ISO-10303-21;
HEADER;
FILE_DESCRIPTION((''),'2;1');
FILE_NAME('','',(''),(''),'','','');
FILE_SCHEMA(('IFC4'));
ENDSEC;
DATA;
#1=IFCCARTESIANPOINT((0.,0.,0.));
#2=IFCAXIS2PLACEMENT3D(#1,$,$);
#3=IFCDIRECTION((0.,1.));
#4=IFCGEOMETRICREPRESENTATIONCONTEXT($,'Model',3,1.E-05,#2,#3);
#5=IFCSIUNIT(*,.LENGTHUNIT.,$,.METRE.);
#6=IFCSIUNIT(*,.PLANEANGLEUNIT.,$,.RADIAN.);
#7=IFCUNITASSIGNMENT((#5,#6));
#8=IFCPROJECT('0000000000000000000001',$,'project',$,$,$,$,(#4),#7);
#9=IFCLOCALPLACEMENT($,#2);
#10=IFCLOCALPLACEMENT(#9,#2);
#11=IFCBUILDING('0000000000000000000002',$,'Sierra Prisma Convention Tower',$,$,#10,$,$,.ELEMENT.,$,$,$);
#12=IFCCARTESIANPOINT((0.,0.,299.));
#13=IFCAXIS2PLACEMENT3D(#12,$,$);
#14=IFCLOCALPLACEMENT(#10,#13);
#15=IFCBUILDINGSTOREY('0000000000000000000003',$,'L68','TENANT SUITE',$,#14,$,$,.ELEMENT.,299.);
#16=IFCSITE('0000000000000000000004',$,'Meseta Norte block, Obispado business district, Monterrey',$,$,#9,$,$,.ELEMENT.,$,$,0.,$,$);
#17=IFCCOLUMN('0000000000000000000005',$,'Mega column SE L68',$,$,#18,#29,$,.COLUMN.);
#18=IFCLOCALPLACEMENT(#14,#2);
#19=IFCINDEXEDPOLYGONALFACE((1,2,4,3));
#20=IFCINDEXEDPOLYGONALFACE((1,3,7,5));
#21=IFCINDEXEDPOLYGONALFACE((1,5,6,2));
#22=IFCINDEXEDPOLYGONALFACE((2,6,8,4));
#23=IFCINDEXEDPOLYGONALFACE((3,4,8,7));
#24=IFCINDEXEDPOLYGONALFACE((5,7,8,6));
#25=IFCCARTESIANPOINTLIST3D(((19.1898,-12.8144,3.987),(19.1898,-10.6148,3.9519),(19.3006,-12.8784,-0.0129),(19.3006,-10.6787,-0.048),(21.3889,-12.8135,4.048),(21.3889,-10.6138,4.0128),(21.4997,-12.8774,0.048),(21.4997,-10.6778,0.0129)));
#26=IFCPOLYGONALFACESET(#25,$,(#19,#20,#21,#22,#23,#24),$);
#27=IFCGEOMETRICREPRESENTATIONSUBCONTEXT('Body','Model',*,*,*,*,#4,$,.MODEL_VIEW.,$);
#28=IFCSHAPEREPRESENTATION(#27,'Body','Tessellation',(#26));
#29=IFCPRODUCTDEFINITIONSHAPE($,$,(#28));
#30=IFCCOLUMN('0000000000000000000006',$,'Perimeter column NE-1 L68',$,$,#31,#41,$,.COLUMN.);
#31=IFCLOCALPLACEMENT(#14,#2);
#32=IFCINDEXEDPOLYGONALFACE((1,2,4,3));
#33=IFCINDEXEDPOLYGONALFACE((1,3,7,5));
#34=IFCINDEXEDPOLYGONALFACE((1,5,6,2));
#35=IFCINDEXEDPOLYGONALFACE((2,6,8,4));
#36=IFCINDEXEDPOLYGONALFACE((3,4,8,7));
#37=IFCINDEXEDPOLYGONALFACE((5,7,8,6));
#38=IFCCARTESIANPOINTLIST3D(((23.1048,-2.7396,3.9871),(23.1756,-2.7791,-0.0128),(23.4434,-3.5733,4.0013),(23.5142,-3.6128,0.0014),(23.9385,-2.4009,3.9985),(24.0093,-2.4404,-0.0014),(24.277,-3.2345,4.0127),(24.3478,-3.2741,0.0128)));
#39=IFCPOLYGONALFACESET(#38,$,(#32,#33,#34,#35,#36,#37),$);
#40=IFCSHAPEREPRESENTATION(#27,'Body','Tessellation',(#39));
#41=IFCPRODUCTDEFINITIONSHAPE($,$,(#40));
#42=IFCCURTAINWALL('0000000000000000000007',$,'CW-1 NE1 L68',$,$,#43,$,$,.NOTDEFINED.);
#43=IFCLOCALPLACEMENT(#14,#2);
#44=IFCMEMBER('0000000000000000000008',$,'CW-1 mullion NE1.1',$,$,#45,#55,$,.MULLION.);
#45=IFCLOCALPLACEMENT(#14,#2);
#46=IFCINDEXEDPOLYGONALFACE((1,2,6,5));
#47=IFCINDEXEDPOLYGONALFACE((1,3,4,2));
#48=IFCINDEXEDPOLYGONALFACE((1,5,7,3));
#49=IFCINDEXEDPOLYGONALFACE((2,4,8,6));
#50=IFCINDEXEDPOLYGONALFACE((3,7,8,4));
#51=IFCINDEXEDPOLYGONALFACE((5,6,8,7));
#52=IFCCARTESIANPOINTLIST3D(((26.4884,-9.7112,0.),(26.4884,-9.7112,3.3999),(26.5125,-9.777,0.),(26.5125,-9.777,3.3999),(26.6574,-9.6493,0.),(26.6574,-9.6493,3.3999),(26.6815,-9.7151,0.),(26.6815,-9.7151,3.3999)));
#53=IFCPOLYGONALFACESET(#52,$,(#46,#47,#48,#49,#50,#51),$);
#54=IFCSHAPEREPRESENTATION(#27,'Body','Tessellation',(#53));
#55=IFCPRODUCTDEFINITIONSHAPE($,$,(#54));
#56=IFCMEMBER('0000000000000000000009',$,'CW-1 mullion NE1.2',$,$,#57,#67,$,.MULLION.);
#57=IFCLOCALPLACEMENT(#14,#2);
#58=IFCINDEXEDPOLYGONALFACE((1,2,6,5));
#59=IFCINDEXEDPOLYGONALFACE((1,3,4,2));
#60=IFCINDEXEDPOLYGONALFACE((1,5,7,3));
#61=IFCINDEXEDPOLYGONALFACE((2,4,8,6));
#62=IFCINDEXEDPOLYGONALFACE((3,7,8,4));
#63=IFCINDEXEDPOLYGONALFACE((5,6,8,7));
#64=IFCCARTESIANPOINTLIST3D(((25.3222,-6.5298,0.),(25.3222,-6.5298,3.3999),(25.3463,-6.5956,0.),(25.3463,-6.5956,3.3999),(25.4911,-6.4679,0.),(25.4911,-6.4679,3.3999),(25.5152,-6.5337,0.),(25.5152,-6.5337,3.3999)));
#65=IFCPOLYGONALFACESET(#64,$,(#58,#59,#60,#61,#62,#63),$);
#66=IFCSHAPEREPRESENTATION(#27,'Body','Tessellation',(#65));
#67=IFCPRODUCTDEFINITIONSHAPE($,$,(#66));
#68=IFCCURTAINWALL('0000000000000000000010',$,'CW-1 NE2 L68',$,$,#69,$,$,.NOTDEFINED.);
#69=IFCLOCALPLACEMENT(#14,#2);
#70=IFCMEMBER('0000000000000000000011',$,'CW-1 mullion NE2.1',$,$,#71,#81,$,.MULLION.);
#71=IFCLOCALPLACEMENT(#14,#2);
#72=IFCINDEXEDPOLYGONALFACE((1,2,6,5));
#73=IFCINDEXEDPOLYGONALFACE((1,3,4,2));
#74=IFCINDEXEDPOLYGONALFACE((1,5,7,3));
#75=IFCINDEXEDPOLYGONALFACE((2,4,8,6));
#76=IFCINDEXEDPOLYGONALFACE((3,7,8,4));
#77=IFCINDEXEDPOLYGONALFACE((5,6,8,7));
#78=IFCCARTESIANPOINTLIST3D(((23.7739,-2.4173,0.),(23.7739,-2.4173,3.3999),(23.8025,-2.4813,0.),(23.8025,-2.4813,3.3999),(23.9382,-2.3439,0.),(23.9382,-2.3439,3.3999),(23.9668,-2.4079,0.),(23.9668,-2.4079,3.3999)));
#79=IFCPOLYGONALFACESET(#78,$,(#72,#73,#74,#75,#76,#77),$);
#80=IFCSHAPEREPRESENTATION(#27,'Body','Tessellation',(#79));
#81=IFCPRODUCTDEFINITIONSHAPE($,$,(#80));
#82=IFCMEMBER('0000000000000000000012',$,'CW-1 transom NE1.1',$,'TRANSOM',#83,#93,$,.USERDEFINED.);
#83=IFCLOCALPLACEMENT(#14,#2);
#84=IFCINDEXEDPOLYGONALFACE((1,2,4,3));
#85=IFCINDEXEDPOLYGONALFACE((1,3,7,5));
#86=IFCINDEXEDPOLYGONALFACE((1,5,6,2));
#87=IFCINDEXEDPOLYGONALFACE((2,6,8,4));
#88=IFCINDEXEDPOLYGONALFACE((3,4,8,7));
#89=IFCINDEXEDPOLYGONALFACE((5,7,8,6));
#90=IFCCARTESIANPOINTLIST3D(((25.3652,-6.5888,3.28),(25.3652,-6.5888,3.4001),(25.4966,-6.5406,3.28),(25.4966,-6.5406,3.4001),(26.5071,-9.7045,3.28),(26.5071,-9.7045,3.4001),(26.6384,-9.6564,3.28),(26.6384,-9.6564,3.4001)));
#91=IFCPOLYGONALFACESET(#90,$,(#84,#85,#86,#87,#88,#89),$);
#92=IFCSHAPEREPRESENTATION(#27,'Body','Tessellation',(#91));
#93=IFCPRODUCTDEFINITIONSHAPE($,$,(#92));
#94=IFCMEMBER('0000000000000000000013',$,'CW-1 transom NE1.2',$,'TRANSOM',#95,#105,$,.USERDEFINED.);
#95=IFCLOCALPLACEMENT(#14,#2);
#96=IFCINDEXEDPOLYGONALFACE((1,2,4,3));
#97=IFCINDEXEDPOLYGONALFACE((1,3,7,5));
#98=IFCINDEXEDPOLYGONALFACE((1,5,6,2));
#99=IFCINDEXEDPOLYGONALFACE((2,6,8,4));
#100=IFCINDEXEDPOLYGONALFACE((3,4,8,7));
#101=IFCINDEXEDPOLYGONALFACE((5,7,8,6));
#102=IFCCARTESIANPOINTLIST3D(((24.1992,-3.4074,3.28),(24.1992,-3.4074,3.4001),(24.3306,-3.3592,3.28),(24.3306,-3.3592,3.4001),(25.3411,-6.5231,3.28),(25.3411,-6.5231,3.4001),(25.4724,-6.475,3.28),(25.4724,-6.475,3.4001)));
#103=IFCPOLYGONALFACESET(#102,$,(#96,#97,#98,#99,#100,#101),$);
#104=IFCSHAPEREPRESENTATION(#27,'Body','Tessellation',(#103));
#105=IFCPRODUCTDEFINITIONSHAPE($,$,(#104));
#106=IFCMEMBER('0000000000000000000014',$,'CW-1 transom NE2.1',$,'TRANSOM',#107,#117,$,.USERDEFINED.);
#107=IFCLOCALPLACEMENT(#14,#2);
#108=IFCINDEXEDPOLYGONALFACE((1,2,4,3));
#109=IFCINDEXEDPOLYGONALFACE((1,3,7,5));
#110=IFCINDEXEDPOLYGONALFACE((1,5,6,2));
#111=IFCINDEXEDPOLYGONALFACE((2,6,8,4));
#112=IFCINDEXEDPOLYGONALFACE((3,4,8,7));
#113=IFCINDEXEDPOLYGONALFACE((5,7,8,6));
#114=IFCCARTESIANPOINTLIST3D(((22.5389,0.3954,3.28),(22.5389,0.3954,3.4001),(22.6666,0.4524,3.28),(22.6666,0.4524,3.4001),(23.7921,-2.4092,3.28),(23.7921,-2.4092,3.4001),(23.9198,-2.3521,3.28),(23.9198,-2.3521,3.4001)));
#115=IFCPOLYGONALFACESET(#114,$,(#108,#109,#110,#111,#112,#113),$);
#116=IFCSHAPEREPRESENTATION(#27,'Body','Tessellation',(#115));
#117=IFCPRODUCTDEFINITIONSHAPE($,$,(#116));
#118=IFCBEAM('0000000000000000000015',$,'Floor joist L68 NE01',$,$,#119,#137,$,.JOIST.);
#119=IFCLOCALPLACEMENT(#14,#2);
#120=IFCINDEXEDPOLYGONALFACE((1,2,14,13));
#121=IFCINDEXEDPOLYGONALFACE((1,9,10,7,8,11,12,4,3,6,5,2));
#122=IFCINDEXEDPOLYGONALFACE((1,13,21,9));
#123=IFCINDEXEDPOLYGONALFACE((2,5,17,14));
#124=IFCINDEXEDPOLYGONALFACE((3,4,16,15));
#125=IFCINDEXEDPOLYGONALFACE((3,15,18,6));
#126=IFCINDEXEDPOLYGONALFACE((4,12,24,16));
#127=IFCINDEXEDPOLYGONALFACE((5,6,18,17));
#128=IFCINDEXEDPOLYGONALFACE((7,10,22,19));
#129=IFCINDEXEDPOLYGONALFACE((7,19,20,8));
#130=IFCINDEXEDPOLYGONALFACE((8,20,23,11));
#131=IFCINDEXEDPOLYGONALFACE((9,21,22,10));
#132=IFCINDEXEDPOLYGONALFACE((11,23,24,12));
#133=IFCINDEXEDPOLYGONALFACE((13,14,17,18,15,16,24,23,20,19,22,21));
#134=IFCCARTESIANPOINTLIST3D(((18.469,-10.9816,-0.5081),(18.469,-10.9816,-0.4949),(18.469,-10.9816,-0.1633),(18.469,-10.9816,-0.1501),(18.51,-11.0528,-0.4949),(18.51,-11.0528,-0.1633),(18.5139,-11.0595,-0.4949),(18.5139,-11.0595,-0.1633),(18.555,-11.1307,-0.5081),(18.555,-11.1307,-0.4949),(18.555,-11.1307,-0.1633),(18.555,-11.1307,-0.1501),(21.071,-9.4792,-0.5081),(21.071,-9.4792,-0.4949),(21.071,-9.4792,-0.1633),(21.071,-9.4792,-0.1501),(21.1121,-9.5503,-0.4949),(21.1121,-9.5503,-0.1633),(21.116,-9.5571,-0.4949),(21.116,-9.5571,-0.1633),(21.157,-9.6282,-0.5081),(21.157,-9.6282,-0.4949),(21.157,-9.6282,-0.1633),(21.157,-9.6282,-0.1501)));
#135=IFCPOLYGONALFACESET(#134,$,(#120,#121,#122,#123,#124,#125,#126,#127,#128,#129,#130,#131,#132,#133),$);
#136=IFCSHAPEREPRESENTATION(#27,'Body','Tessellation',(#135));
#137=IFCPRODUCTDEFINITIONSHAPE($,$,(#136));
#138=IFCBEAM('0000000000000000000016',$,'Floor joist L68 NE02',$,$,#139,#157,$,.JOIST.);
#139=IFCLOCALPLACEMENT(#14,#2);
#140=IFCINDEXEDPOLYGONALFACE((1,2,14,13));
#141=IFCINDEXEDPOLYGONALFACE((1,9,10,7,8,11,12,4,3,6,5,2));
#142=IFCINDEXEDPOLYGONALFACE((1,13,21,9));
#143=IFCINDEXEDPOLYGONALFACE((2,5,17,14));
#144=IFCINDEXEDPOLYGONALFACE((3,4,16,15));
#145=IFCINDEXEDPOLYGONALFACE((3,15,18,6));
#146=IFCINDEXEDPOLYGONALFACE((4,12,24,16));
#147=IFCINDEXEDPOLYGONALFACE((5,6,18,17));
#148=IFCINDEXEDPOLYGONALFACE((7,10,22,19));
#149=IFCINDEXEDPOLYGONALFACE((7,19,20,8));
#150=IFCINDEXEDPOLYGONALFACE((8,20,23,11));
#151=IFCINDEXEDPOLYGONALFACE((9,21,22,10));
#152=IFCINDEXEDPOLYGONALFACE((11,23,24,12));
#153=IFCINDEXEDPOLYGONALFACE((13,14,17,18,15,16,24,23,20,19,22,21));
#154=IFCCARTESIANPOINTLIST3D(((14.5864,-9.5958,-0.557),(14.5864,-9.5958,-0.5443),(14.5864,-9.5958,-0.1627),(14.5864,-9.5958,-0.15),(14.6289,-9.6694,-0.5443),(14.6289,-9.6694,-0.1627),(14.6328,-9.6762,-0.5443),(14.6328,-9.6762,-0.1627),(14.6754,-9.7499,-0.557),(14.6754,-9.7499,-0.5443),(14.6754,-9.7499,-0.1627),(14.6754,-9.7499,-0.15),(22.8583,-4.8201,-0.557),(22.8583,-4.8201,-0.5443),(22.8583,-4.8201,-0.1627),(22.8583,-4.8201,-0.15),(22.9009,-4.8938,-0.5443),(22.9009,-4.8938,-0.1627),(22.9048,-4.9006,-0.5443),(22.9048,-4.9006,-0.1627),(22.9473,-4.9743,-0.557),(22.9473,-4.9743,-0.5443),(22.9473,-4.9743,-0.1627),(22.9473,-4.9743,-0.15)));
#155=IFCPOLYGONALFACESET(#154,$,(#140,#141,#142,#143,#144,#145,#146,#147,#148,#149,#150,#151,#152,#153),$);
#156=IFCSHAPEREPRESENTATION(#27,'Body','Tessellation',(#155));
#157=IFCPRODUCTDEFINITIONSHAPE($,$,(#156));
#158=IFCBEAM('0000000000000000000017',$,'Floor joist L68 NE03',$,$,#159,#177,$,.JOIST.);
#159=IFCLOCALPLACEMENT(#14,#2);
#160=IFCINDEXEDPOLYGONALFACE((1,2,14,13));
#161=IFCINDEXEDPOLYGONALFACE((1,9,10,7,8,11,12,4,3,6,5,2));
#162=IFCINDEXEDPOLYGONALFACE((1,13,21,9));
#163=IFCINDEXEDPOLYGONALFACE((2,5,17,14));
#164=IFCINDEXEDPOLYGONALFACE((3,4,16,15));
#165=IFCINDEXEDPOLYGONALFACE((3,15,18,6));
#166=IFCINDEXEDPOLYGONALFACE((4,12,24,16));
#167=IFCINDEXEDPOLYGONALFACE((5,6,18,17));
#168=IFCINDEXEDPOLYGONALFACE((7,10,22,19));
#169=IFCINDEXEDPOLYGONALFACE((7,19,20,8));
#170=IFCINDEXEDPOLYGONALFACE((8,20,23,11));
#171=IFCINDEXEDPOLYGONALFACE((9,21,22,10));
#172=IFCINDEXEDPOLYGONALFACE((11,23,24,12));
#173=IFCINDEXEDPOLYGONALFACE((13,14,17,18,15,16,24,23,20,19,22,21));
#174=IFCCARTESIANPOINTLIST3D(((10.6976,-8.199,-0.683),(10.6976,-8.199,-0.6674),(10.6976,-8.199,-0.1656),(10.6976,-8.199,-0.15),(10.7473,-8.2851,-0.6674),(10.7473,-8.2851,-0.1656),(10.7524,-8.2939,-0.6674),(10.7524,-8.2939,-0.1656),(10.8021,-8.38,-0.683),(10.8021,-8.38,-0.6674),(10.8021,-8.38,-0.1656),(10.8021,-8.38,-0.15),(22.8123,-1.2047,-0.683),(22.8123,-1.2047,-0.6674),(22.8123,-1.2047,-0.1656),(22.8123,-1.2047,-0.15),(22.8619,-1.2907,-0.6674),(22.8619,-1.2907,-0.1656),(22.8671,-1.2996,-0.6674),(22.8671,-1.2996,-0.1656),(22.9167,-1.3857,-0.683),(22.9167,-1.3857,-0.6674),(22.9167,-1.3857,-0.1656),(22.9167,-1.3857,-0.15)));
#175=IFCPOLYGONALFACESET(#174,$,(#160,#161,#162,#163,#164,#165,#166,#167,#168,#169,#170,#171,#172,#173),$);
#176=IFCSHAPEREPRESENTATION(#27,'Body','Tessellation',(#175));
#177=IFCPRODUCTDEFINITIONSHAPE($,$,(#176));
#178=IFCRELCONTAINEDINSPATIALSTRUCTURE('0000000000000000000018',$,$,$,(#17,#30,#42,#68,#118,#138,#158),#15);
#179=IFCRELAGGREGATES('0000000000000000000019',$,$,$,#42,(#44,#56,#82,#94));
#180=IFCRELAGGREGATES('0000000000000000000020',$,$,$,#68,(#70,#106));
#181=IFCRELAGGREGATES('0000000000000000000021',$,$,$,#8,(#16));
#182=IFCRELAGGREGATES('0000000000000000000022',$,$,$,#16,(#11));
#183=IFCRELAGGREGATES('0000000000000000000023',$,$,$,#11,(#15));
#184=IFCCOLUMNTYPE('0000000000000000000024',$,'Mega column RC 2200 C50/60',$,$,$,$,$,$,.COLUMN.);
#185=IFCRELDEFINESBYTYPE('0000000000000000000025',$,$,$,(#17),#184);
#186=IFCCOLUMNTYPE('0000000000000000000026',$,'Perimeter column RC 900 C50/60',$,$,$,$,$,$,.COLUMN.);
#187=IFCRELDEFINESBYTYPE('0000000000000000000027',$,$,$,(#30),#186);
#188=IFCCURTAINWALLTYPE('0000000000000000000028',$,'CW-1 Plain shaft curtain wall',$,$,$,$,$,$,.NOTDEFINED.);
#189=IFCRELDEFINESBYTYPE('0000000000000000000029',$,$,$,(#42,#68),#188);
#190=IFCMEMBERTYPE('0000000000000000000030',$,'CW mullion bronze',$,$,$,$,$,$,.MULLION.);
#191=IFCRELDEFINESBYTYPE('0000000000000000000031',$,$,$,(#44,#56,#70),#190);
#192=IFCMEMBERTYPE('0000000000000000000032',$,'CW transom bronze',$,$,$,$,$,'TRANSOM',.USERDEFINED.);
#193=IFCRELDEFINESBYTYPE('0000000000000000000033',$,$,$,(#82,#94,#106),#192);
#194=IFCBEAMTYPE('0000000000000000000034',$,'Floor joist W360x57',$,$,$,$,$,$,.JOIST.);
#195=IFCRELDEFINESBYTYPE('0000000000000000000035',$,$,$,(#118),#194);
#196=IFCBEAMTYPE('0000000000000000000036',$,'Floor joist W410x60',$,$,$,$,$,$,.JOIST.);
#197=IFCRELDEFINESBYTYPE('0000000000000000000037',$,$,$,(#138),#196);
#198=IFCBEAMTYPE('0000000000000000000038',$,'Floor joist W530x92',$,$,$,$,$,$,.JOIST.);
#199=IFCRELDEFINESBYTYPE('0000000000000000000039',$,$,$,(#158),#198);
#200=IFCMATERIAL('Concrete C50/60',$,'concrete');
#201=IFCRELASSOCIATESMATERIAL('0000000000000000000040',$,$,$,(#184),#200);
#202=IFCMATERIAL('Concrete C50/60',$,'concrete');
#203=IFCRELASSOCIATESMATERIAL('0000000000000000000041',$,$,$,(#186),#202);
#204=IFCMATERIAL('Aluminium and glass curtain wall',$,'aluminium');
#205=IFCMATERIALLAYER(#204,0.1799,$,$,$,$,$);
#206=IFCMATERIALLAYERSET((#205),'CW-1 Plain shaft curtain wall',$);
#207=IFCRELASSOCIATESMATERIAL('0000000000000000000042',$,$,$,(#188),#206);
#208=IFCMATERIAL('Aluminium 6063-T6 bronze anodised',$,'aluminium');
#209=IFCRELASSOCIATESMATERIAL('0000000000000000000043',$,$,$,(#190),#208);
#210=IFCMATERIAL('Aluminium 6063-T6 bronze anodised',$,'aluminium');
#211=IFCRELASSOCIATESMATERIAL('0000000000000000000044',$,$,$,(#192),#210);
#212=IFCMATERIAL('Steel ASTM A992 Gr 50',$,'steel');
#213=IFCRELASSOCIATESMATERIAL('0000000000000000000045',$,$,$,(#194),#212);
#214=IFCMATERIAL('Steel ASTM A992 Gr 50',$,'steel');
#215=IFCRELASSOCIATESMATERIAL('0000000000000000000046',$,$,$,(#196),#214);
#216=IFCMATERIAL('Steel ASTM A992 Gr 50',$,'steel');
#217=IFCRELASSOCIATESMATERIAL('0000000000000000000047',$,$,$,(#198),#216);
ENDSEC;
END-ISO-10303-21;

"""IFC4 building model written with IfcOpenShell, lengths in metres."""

from ifc_helpers import new_model, si_unit, direction, frame, origin, origin_2d, place, context, subcontext, project, spatial, rectangle, i_section, extrude, material, layer, layer_set, material_profile, profile_set, type_object, element, aggregate, save


model = new_model("IFC4")

# Units and contexts
model_context = context("Model", 3, precision=1e-05, world=origin(), true_north=direction((0.0, 1.0)))
body_context = subcontext(model_context, "Body", "Model", "MODEL_VIEW")
ifc_project = project(units=[si_unit("LENGTHUNIT", "METRE"), si_unit("PLANEANGLEUNIT", "RADIAN")], contexts=[model_context])

# Site, building, storey
site_placement = place(None, origin())
site = spatial("IfcSite", under=ifc_project, at=site_placement, Name="Meseta Norte block, Obispado business district, Monterrey", CompositionType="ELEMENT", RefElevation=0.0)
building_placement = place(site_placement, origin())
building = spatial("IfcBuilding", under=site, at=building_placement, Name="Sierra Prisma Convention Tower", CompositionType="ELEMENT")
storey_placement = place(building_placement, frame((0.0, 0.0, 299.0)))
storey = spatial("IfcBuildingStorey", under=building, at=storey_placement, Name="L68", Description="TENANT SUITE", CompositionType="ELEMENT", Elevation=299.0)

# Columns
ifc_material_1 = material(Name="Concrete C50/60", Category="concrete")
ifc_material_profile_1 = material_profile(ifc_material_1, rectangle(XDim=2.2, YDim=2.2, at=origin_2d()), Name="Mega column RC 2200 C50/60")
ifc_profile_set_1 = profile_set([ifc_material_profile_1], Name="Concrete C50/60")
column_type_1 = type_object("IfcColumnType", Name="Mega column RC 2200 C50/60", PredefinedType="COLUMN", material=ifc_profile_set_1)
column_1_placement = place(storey_placement, frame((20.4001, -11.7781, 0.0), z_axis=(-0.027696, 0.015983, 0.999489), x_axis=(0.999616, 0.000443, 0.027692)))
element("IfcColumn", 1, at=column_1_placement, inside=storey, type_object=column_type_1, Name="Mega column SE L68", PredefinedType="COLUMN", context=body_context, shape_type="SweptSolid", body=[
    extrude(rectangle(XDim=2.2, YDim=2.2, at=origin_2d()), origin(), (0.0, 0.0, 1.0), 4.002),
])
ifc_material_2 = material(Name="Concrete C50/60", Category="concrete")
ifc_material_profile_2 = material_profile(ifc_material_2, rectangle(XDim=0.8999, YDim=0.8999, at=origin_2d()), Name="Perimeter column RC 900 C50/60")
ifc_profile_set_2 = profile_set([ifc_material_profile_2], Name="Concrete C50/60")
column_type_2 = type_object("IfcColumnType", Name="Perimeter column RC 900 C50/60", PredefinedType="COLUMN", material=ifc_profile_set_2)
column_2_placement = place(storey_placement, frame((23.7617, -3.0266, 0.0), z_axis=(-0.017697, 0.009886, 0.999795), x_axis=(-0.376217, 0.926396, -0.015819)))
element("IfcColumn", 2, at=column_2_placement, inside=storey, type_object=column_type_2, Name="Perimeter column NE-1 L68", PredefinedType="COLUMN", context=body_context, shape_type="SweptSolid", body=[
    extrude(rectangle(XDim=0.8999, YDim=0.8999, at=origin_2d()), origin(), (0.0, 0.0, 1.0), 4.0007),
])

# Curtain wall, members
ifc_material_3 = material(Name="Aluminium and glass curtain wall", Category="aluminium")
ifc_layer_1 = layer(ifc_material_3, 0.1799)
ifc_layer_set_1 = layer_set([ifc_layer_1], Name="CW-1 Plain shaft curtain wall")
curtain_wall_type = type_object("IfcCurtainWallType", Name="CW-1 Plain shaft curtain wall", PredefinedType="NOTDEFINED", material=ifc_layer_set_1)
curtain_wall_1_placement = place(storey_placement, origin())
curtain_wall_1 = element("IfcCurtainWall", 3, at=curtain_wall_1_placement, inside=storey, type_object=curtain_wall_type, Name="CW-1 NE1 L68", PredefinedType="NOTDEFINED")
ifc_material_4 = material(Name="Aluminium 6063-T6 bronze anodised", Category="aluminium")
ifc_material_profile_3 = material_profile(ifc_material_4, rectangle(XDim=0.1799, YDim=0.0701, at=origin_2d()), Name="ALU MULLION 70x180")
ifc_profile_set_3 = profile_set([ifc_material_profile_3], Name="Aluminium 6063-T6 bronze anodised")
member_type_1 = type_object("IfcMemberType", Name="CW mullion bronze", PredefinedType="MULLION", material=ifc_profile_set_3)
member_1_placement = place(storey_placement, frame((26.585, -9.7131, 0.0), z_axis=(0.0, 0.0, 1.0), x_axis=(-0.93892, -0.344136, 0.0)))
member_1 = element("IfcMember", 4, at=member_1_placement, type_object=member_type_1, Name="CW-1 mullion NE1.1", PredefinedType="MULLION", context=body_context, shape_type="SweptSolid", body=[
    extrude(rectangle(XDim=0.1799, YDim=0.0701, at=origin_2d()), origin(), (0.0, 0.0, 1.0), 3.3999),
])
member_2_placement = place(storey_placement, frame((25.4187, -6.5317, 0.0), z_axis=(0.0, 0.0, 1.0), x_axis=(-0.93892, -0.344136, 0.0)))
member_2 = element("IfcMember", 5, at=member_2_placement, type_object=member_type_1, Name="CW-1 mullion NE1.2", PredefinedType="MULLION", context=body_context, shape_type="SweptSolid", body=[
    extrude(rectangle(XDim=0.1799, YDim=0.0701, at=origin_2d()), origin(), (0.0, 0.0, 1.0), 3.3999),
])

# Curtain wall, member
curtain_wall_2_placement = place(storey_placement, origin())
curtain_wall_2 = element("IfcCurtainWall", 6, at=curtain_wall_2_placement, inside=storey, type_object=curtain_wall_type, Name="CW-1 NE2 L68", PredefinedType="NOTDEFINED")
member_3_placement = place(storey_placement, frame((23.8704, -2.4126, 0.0), z_axis=(0.0, 0.0, 1.0), x_axis=(-0.912995, -0.407971, 0.0)))
member_3 = element("IfcMember", 7, at=member_3_placement, type_object=member_type_1, Name="CW-1 mullion NE2.1", PredefinedType="MULLION", context=body_context, shape_type="SweptSolid", body=[
    extrude(rectangle(XDim=0.1799, YDim=0.0701, at=origin_2d()), origin(), (0.0, 0.0, 1.0), 3.3999),
])

# Members
ifc_material_5 = material(Name="Aluminium 6063-T6 bronze anodised", Category="aluminium")
ifc_material_profile_4 = material_profile(ifc_material_5, rectangle(XDim=0.1399, YDim=0.1201, at=origin_2d()), Name="ALU TRANSOM 120x140")
ifc_profile_set_4 = profile_set([ifc_material_profile_4], Name="Aluminium 6063-T6 bronze anodised")
member_type_2 = type_object("IfcMemberType", Name="CW transom bronze", ElementType="TRANSOM", PredefinedType="USERDEFINED", material=ifc_profile_set_4)
member_4_placement = place(storey_placement, frame((26.5728, -9.6804, 3.3401), z_axis=(-0.344099, 0.938933, 0.0), x_axis=(-0.938933, -0.344099, 0.0)))
member_4 = element("IfcMember", 8, at=member_4_placement, type_object=member_type_2, Name="CW-1 transom NE1.1", ObjectType="TRANSOM", PredefinedType="USERDEFINED", context=body_context, shape_type="SweptSolid", body=[
    extrude(rectangle(XDim=0.1399, YDim=0.1201, at=origin_2d()), origin(), (0.0, 0.0, 1.0), 3.3184),
])
member_5_placement = place(storey_placement, frame((25.4067, -6.499, 3.3401), z_axis=(-0.344099, 0.938933, 0.0), x_axis=(-0.938933, -0.344099, 0.0)))
member_5 = element("IfcMember", 9, at=member_5_placement, type_object=member_type_2, Name="CW-1 transom NE1.2", ObjectType="TRANSOM", PredefinedType="USERDEFINED", context=body_context, shape_type="SweptSolid", body=[
    extrude(rectangle(XDim=0.1399, YDim=0.1201, at=origin_2d()), origin(), (0.0, 0.0, 1.0), 3.3184),
])
member_6_placement = place(storey_placement, frame((23.856, -2.3806, 3.3401), z_axis=(-0.407974, 0.912994, 0.0), x_axis=(-0.912994, -0.407974, 0.0)))
member_6 = element("IfcMember", 10, at=member_6_placement, type_object=member_type_2, Name="CW-1 transom NE2.1", ObjectType="TRANSOM", PredefinedType="USERDEFINED", context=body_context, shape_type="SweptSolid", body=[
    extrude(rectangle(XDim=0.1399, YDim=0.1201, at=origin_2d()), origin(), (0.0, 0.0, 1.0), 3.0718),
])

# Beams
ifc_material_6 = material(Name="Steel ASTM A992 Gr 50", Category="steel")
ifc_material_profile_5 = material_profile(ifc_material_6, i_section(OverallWidth=0.1721, OverallDepth=0.3579, WebThickness=0.0078, FlangeThickness=0.0132, at=origin_2d()), Name="W360x57")
ifc_profile_set_5 = profile_set([ifc_material_profile_5], Name="Steel ASTM A992 Gr 50")
beam_type_1 = type_object("IfcBeamType", Name="Floor joist W360x57", PredefinedType="JOIST", material=ifc_profile_set_5)
beam_1_placement = place(storey_placement, frame((21.114, -9.5537, -0.3291), z_axis=(-0.866004, -0.500037, 0.0), x_axis=(0.500037, -0.866004, 0.0)))
element("IfcBeam", 11, at=beam_1_placement, inside=storey, type_object=beam_type_1, Name="Floor joist L68 NE01", PredefinedType="JOIST", context=body_context, shape_type="SweptSolid", body=[
    extrude(i_section(OverallWidth=0.1721, OverallDepth=0.3579, WebThickness=0.0078, FlangeThickness=0.0132, at=origin_2d()), origin(), (0.0, 0.0, 1.0), 3.0046),
])
ifc_material_7 = material(Name="Steel ASTM A992 Gr 50", Category="steel")
ifc_material_profile_6 = material_profile(ifc_material_7, i_section(OverallWidth=0.178, OverallDepth=0.407, WebThickness=0.0078, FlangeThickness=0.0127, at=origin_2d()), Name="W410x60")
ifc_profile_set_6 = profile_set([ifc_material_profile_6], Name="Steel ASTM A992 Gr 50")
beam_type_2 = type_object("IfcBeamType", Name="Floor joist W410x60", PredefinedType="JOIST", material=ifc_profile_set_6)
beam_2_placement = place(storey_placement, frame((22.9028, -4.8972, -0.3535), z_axis=(-0.866034, -0.499985, 0.0), x_axis=(0.499985, -0.866034, 0.0)))
element("IfcBeam", 12, at=beam_2_placement, inside=storey, type_object=beam_type_2, Name="Floor joist L68 NE02", PredefinedType="JOIST", context=body_context, shape_type="SweptSolid", body=[
    extrude(i_section(OverallWidth=0.178, OverallDepth=0.407, WebThickness=0.0078, FlangeThickness=0.0127, at=origin_2d()), origin(), (0.0, 0.0, 1.0), 9.5515),
])
ifc_material_8 = material(Name="Steel ASTM A992 Gr 50", Category="steel")
ifc_material_profile_7 = material_profile(ifc_material_8, i_section(OverallWidth=0.209, OverallDepth=0.533, WebThickness=0.0103, FlangeThickness=0.0156, at=origin_2d()), Name="W530x92")
ifc_profile_set_7 = profile_set([ifc_material_profile_7], Name="Steel ASTM A992 Gr 50")
beam_type_3 = type_object("IfcBeamType", Name="Floor joist W530x92", PredefinedType="JOIST", material=ifc_profile_set_7)
beam_3_placement = place(storey_placement, frame((22.8645, -1.2952, -0.4165), z_axis=(-0.866027, -0.499996, 0.0), x_axis=(0.499996, -0.866027, 0.0)))
element("IfcBeam", 13, at=beam_3_placement, inside=storey, type_object=beam_type_3, Name="Floor joist L68 NE03", PredefinedType="JOIST", context=body_context, shape_type="SweptSolid", body=[
    extrude(i_section(OverallWidth=0.209, OverallDepth=0.533, WebThickness=0.0103, FlangeThickness=0.0156, at=origin_2d()), origin(), (0.0, 0.0, 1.0), 13.9888),
])

aggregate(curtain_wall_1, [member_1, member_2, member_4, member_5])
aggregate(curtain_wall_2, [member_3, member_6])

save(model, "model.ifc")
